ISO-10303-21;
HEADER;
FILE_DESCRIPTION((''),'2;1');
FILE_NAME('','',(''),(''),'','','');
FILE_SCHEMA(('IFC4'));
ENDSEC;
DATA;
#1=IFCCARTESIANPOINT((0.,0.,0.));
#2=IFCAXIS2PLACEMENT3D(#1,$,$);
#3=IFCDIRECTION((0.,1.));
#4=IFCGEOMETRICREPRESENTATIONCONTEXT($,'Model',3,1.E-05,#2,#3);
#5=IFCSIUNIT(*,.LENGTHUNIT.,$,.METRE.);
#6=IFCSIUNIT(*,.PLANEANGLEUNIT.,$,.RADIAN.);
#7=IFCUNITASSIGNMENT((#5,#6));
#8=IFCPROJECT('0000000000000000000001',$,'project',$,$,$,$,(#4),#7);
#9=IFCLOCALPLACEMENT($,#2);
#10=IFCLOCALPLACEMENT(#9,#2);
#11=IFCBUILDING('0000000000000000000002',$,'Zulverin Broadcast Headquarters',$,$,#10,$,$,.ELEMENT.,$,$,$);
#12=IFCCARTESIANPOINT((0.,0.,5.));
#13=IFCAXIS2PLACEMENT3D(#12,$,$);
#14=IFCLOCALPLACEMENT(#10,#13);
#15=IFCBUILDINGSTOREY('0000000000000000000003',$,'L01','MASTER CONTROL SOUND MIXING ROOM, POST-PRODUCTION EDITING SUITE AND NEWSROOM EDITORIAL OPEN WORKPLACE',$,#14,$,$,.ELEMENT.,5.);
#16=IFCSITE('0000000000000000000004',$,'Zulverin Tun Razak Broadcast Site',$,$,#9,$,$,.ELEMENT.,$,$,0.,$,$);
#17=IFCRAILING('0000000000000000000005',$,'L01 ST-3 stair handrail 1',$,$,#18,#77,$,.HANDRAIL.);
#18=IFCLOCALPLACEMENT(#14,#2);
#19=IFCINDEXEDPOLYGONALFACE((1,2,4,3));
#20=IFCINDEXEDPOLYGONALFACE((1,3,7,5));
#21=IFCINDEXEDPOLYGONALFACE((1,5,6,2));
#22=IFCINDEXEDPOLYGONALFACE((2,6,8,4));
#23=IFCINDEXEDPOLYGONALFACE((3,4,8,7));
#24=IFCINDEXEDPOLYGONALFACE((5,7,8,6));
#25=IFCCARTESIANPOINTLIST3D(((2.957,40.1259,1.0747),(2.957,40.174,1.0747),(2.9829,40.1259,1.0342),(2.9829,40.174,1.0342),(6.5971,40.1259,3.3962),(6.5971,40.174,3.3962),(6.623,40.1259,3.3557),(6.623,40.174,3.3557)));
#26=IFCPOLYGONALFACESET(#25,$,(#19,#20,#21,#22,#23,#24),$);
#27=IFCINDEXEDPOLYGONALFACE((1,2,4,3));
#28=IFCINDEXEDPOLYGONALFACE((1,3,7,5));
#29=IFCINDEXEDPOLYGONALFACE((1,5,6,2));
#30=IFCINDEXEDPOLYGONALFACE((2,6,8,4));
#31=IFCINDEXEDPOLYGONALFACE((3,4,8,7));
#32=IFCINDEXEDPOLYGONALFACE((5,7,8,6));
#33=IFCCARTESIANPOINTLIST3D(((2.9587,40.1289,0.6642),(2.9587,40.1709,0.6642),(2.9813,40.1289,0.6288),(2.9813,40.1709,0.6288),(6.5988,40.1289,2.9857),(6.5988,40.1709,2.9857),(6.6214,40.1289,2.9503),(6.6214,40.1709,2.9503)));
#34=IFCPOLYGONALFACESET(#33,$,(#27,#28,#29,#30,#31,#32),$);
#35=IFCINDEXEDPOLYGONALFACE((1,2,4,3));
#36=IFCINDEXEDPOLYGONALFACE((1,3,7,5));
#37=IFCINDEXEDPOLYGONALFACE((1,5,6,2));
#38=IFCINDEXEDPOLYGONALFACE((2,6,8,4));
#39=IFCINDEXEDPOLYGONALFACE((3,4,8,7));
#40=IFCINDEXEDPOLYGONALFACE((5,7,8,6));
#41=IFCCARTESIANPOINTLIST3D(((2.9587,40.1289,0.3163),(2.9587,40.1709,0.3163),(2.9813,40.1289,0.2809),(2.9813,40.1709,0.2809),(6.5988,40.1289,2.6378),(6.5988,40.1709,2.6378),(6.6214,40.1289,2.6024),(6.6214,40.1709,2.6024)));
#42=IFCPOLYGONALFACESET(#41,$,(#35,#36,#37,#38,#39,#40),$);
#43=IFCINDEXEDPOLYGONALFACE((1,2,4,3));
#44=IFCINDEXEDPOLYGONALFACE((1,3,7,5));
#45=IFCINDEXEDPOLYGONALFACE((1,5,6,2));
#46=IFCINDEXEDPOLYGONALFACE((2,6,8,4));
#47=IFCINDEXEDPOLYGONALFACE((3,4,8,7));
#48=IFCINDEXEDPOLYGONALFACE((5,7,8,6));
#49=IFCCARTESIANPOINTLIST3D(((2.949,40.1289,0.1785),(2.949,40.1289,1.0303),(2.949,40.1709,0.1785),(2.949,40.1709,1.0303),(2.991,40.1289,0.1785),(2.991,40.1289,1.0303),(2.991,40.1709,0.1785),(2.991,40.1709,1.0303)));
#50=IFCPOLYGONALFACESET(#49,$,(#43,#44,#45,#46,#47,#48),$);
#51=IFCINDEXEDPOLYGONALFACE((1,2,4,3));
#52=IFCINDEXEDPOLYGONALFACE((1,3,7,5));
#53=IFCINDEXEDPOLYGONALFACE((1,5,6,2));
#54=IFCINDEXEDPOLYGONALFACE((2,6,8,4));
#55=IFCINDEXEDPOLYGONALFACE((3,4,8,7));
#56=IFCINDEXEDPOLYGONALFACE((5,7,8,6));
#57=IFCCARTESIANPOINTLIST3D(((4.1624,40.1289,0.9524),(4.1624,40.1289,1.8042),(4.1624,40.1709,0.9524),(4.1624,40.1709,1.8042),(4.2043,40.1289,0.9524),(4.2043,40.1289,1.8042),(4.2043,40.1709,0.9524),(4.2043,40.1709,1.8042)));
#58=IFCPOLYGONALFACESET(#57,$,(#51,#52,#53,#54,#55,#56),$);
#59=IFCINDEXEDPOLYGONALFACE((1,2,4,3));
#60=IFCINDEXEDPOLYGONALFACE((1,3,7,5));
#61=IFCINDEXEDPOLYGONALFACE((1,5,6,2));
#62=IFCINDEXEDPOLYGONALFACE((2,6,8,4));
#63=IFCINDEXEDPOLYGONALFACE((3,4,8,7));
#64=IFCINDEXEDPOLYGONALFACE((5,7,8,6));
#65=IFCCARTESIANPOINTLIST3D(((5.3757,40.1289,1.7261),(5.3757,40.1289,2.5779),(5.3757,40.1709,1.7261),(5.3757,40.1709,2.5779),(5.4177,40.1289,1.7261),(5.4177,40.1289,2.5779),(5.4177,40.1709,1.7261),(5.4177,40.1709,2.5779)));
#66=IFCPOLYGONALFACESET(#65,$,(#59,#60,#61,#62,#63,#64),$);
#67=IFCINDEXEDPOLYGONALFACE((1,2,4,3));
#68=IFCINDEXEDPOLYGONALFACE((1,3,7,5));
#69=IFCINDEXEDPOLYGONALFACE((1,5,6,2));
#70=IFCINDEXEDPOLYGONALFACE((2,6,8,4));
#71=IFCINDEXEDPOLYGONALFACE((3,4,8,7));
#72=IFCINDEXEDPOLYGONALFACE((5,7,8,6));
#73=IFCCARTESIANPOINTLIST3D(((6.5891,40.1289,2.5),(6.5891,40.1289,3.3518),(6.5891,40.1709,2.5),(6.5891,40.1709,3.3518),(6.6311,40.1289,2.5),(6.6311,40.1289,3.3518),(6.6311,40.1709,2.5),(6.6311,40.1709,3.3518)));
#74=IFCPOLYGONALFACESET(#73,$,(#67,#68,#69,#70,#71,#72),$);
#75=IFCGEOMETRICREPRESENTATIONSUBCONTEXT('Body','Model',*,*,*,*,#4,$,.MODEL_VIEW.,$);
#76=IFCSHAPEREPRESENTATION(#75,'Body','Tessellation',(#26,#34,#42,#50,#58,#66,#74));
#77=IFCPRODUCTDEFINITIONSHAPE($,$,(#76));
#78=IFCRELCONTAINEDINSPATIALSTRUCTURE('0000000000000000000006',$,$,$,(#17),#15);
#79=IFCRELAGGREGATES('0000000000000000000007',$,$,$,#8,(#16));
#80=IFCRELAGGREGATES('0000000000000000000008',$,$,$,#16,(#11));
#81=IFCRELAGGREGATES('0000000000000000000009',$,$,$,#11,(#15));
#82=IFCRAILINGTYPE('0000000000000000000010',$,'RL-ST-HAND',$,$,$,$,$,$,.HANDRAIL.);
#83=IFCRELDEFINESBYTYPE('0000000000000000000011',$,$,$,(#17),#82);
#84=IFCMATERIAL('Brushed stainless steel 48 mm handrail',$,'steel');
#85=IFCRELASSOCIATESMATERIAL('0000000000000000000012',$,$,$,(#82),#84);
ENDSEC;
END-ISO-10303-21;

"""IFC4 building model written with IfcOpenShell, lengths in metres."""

from ifc_helpers import new_model, si_unit, direction, frame, origin, origin_2d, place, context, subcontext, project, spatial, rectangle, extrude, material, type_object, element, save


model = new_model("IFC4")

# Units and contexts
model_context = context("Model", 3, precision=1e-05, world=origin(), true_north=direction((0.0, 1.0)))
body_context = subcontext(model_context, "Body", "Model", "MODEL_VIEW")
ifc_project = project(units=[si_unit("LENGTHUNIT", "METRE"), si_unit("PLANEANGLEUNIT", "RADIAN")], contexts=[model_context])

# Site, building, storey
site_placement = place(None, origin())
site = spatial("IfcSite", under=ifc_project, at=site_placement, Name="Zulverin Tun Razak Broadcast Site", CompositionType="ELEMENT", RefElevation=0.0)
building_placement = place(site_placement, origin())
building = spatial("IfcBuilding", under=site, at=building_placement, Name="Zulverin Broadcast Headquarters", CompositionType="ELEMENT")
storey_placement = place(building_placement, frame((0.0, 0.0, 5.0)))
storey = spatial("IfcBuildingStorey", under=building, at=storey_placement, Name="L01", Description="MASTER CONTROL SOUND MIXING ROOM, POST-PRODUCTION EDITING SUITE AND NEWSROOM EDITORIAL OPEN WORKPLACE", CompositionType="ELEMENT", Elevation=5.0)

# Railing
ifc_material_1 = material(Name="Brushed stainless steel 48 mm handrail", Category="steel")
railing_type_1 = type_object("IfcRailingType", Name="RL-ST-HAND", PredefinedType="HANDRAIL", material=ifc_material_1)
railing_1_placement = place(storey_placement, frame((2.97, 40.1499, 0.1785)))
element("IfcRailing", 1, at=railing_1_placement, inside=storey, type_object=railing_type_1, Name="L01 ST-3 stair handrail 1", PredefinedType="HANDRAIL", context=body_context, shape_type="SweptSolid", body=[
    extrude(rectangle(XDim=0.0481, YDim=0.0481, at=origin_2d()), frame((0.0, 0.0, 0.876), z_axis=(0.843128, 0.0, 0.537713), x_axis=(0.0, 1.0, 0.0)), (0.0, 0.0, 1.0), 4.3174),
    extrude(rectangle(XDim=0.042, YDim=0.042, at=origin_2d()), frame((0.0, 0.0, 0.468), z_axis=(0.843128, 0.0, 0.537713), x_axis=(0.0, 1.0, 0.0)), (0.0, 0.0, 1.0), 4.3174),
    extrude(rectangle(XDim=0.042, YDim=0.042, at=origin_2d()), frame((0.0, 0.0, 0.1201), z_axis=(0.843128, 0.0, 0.537713), x_axis=(0.0, 1.0, 0.0)), (0.0, 0.0, 1.0), 4.3174),
    extrude(rectangle(XDim=0.042, YDim=0.042, at=origin_2d()), origin(), (0.0, 0.0, 1.0), 0.8518),
    extrude(rectangle(XDim=0.042, YDim=0.042, at=origin_2d()), frame((1.2134, 0.0, 0.7739)), (0.0, 0.0, 1.0), 0.8518),
    extrude(rectangle(XDim=0.042, YDim=0.042, at=origin_2d()), frame((2.4268, 0.0, 1.5476)), (0.0, 0.0, 1.0), 0.8518),
    extrude(rectangle(XDim=0.042, YDim=0.042, at=origin_2d()), frame((3.6401, 0.0, 2.3215)), (0.0, 0.0, 1.0), 0.8518),
])

save(model, "model.ifc")
